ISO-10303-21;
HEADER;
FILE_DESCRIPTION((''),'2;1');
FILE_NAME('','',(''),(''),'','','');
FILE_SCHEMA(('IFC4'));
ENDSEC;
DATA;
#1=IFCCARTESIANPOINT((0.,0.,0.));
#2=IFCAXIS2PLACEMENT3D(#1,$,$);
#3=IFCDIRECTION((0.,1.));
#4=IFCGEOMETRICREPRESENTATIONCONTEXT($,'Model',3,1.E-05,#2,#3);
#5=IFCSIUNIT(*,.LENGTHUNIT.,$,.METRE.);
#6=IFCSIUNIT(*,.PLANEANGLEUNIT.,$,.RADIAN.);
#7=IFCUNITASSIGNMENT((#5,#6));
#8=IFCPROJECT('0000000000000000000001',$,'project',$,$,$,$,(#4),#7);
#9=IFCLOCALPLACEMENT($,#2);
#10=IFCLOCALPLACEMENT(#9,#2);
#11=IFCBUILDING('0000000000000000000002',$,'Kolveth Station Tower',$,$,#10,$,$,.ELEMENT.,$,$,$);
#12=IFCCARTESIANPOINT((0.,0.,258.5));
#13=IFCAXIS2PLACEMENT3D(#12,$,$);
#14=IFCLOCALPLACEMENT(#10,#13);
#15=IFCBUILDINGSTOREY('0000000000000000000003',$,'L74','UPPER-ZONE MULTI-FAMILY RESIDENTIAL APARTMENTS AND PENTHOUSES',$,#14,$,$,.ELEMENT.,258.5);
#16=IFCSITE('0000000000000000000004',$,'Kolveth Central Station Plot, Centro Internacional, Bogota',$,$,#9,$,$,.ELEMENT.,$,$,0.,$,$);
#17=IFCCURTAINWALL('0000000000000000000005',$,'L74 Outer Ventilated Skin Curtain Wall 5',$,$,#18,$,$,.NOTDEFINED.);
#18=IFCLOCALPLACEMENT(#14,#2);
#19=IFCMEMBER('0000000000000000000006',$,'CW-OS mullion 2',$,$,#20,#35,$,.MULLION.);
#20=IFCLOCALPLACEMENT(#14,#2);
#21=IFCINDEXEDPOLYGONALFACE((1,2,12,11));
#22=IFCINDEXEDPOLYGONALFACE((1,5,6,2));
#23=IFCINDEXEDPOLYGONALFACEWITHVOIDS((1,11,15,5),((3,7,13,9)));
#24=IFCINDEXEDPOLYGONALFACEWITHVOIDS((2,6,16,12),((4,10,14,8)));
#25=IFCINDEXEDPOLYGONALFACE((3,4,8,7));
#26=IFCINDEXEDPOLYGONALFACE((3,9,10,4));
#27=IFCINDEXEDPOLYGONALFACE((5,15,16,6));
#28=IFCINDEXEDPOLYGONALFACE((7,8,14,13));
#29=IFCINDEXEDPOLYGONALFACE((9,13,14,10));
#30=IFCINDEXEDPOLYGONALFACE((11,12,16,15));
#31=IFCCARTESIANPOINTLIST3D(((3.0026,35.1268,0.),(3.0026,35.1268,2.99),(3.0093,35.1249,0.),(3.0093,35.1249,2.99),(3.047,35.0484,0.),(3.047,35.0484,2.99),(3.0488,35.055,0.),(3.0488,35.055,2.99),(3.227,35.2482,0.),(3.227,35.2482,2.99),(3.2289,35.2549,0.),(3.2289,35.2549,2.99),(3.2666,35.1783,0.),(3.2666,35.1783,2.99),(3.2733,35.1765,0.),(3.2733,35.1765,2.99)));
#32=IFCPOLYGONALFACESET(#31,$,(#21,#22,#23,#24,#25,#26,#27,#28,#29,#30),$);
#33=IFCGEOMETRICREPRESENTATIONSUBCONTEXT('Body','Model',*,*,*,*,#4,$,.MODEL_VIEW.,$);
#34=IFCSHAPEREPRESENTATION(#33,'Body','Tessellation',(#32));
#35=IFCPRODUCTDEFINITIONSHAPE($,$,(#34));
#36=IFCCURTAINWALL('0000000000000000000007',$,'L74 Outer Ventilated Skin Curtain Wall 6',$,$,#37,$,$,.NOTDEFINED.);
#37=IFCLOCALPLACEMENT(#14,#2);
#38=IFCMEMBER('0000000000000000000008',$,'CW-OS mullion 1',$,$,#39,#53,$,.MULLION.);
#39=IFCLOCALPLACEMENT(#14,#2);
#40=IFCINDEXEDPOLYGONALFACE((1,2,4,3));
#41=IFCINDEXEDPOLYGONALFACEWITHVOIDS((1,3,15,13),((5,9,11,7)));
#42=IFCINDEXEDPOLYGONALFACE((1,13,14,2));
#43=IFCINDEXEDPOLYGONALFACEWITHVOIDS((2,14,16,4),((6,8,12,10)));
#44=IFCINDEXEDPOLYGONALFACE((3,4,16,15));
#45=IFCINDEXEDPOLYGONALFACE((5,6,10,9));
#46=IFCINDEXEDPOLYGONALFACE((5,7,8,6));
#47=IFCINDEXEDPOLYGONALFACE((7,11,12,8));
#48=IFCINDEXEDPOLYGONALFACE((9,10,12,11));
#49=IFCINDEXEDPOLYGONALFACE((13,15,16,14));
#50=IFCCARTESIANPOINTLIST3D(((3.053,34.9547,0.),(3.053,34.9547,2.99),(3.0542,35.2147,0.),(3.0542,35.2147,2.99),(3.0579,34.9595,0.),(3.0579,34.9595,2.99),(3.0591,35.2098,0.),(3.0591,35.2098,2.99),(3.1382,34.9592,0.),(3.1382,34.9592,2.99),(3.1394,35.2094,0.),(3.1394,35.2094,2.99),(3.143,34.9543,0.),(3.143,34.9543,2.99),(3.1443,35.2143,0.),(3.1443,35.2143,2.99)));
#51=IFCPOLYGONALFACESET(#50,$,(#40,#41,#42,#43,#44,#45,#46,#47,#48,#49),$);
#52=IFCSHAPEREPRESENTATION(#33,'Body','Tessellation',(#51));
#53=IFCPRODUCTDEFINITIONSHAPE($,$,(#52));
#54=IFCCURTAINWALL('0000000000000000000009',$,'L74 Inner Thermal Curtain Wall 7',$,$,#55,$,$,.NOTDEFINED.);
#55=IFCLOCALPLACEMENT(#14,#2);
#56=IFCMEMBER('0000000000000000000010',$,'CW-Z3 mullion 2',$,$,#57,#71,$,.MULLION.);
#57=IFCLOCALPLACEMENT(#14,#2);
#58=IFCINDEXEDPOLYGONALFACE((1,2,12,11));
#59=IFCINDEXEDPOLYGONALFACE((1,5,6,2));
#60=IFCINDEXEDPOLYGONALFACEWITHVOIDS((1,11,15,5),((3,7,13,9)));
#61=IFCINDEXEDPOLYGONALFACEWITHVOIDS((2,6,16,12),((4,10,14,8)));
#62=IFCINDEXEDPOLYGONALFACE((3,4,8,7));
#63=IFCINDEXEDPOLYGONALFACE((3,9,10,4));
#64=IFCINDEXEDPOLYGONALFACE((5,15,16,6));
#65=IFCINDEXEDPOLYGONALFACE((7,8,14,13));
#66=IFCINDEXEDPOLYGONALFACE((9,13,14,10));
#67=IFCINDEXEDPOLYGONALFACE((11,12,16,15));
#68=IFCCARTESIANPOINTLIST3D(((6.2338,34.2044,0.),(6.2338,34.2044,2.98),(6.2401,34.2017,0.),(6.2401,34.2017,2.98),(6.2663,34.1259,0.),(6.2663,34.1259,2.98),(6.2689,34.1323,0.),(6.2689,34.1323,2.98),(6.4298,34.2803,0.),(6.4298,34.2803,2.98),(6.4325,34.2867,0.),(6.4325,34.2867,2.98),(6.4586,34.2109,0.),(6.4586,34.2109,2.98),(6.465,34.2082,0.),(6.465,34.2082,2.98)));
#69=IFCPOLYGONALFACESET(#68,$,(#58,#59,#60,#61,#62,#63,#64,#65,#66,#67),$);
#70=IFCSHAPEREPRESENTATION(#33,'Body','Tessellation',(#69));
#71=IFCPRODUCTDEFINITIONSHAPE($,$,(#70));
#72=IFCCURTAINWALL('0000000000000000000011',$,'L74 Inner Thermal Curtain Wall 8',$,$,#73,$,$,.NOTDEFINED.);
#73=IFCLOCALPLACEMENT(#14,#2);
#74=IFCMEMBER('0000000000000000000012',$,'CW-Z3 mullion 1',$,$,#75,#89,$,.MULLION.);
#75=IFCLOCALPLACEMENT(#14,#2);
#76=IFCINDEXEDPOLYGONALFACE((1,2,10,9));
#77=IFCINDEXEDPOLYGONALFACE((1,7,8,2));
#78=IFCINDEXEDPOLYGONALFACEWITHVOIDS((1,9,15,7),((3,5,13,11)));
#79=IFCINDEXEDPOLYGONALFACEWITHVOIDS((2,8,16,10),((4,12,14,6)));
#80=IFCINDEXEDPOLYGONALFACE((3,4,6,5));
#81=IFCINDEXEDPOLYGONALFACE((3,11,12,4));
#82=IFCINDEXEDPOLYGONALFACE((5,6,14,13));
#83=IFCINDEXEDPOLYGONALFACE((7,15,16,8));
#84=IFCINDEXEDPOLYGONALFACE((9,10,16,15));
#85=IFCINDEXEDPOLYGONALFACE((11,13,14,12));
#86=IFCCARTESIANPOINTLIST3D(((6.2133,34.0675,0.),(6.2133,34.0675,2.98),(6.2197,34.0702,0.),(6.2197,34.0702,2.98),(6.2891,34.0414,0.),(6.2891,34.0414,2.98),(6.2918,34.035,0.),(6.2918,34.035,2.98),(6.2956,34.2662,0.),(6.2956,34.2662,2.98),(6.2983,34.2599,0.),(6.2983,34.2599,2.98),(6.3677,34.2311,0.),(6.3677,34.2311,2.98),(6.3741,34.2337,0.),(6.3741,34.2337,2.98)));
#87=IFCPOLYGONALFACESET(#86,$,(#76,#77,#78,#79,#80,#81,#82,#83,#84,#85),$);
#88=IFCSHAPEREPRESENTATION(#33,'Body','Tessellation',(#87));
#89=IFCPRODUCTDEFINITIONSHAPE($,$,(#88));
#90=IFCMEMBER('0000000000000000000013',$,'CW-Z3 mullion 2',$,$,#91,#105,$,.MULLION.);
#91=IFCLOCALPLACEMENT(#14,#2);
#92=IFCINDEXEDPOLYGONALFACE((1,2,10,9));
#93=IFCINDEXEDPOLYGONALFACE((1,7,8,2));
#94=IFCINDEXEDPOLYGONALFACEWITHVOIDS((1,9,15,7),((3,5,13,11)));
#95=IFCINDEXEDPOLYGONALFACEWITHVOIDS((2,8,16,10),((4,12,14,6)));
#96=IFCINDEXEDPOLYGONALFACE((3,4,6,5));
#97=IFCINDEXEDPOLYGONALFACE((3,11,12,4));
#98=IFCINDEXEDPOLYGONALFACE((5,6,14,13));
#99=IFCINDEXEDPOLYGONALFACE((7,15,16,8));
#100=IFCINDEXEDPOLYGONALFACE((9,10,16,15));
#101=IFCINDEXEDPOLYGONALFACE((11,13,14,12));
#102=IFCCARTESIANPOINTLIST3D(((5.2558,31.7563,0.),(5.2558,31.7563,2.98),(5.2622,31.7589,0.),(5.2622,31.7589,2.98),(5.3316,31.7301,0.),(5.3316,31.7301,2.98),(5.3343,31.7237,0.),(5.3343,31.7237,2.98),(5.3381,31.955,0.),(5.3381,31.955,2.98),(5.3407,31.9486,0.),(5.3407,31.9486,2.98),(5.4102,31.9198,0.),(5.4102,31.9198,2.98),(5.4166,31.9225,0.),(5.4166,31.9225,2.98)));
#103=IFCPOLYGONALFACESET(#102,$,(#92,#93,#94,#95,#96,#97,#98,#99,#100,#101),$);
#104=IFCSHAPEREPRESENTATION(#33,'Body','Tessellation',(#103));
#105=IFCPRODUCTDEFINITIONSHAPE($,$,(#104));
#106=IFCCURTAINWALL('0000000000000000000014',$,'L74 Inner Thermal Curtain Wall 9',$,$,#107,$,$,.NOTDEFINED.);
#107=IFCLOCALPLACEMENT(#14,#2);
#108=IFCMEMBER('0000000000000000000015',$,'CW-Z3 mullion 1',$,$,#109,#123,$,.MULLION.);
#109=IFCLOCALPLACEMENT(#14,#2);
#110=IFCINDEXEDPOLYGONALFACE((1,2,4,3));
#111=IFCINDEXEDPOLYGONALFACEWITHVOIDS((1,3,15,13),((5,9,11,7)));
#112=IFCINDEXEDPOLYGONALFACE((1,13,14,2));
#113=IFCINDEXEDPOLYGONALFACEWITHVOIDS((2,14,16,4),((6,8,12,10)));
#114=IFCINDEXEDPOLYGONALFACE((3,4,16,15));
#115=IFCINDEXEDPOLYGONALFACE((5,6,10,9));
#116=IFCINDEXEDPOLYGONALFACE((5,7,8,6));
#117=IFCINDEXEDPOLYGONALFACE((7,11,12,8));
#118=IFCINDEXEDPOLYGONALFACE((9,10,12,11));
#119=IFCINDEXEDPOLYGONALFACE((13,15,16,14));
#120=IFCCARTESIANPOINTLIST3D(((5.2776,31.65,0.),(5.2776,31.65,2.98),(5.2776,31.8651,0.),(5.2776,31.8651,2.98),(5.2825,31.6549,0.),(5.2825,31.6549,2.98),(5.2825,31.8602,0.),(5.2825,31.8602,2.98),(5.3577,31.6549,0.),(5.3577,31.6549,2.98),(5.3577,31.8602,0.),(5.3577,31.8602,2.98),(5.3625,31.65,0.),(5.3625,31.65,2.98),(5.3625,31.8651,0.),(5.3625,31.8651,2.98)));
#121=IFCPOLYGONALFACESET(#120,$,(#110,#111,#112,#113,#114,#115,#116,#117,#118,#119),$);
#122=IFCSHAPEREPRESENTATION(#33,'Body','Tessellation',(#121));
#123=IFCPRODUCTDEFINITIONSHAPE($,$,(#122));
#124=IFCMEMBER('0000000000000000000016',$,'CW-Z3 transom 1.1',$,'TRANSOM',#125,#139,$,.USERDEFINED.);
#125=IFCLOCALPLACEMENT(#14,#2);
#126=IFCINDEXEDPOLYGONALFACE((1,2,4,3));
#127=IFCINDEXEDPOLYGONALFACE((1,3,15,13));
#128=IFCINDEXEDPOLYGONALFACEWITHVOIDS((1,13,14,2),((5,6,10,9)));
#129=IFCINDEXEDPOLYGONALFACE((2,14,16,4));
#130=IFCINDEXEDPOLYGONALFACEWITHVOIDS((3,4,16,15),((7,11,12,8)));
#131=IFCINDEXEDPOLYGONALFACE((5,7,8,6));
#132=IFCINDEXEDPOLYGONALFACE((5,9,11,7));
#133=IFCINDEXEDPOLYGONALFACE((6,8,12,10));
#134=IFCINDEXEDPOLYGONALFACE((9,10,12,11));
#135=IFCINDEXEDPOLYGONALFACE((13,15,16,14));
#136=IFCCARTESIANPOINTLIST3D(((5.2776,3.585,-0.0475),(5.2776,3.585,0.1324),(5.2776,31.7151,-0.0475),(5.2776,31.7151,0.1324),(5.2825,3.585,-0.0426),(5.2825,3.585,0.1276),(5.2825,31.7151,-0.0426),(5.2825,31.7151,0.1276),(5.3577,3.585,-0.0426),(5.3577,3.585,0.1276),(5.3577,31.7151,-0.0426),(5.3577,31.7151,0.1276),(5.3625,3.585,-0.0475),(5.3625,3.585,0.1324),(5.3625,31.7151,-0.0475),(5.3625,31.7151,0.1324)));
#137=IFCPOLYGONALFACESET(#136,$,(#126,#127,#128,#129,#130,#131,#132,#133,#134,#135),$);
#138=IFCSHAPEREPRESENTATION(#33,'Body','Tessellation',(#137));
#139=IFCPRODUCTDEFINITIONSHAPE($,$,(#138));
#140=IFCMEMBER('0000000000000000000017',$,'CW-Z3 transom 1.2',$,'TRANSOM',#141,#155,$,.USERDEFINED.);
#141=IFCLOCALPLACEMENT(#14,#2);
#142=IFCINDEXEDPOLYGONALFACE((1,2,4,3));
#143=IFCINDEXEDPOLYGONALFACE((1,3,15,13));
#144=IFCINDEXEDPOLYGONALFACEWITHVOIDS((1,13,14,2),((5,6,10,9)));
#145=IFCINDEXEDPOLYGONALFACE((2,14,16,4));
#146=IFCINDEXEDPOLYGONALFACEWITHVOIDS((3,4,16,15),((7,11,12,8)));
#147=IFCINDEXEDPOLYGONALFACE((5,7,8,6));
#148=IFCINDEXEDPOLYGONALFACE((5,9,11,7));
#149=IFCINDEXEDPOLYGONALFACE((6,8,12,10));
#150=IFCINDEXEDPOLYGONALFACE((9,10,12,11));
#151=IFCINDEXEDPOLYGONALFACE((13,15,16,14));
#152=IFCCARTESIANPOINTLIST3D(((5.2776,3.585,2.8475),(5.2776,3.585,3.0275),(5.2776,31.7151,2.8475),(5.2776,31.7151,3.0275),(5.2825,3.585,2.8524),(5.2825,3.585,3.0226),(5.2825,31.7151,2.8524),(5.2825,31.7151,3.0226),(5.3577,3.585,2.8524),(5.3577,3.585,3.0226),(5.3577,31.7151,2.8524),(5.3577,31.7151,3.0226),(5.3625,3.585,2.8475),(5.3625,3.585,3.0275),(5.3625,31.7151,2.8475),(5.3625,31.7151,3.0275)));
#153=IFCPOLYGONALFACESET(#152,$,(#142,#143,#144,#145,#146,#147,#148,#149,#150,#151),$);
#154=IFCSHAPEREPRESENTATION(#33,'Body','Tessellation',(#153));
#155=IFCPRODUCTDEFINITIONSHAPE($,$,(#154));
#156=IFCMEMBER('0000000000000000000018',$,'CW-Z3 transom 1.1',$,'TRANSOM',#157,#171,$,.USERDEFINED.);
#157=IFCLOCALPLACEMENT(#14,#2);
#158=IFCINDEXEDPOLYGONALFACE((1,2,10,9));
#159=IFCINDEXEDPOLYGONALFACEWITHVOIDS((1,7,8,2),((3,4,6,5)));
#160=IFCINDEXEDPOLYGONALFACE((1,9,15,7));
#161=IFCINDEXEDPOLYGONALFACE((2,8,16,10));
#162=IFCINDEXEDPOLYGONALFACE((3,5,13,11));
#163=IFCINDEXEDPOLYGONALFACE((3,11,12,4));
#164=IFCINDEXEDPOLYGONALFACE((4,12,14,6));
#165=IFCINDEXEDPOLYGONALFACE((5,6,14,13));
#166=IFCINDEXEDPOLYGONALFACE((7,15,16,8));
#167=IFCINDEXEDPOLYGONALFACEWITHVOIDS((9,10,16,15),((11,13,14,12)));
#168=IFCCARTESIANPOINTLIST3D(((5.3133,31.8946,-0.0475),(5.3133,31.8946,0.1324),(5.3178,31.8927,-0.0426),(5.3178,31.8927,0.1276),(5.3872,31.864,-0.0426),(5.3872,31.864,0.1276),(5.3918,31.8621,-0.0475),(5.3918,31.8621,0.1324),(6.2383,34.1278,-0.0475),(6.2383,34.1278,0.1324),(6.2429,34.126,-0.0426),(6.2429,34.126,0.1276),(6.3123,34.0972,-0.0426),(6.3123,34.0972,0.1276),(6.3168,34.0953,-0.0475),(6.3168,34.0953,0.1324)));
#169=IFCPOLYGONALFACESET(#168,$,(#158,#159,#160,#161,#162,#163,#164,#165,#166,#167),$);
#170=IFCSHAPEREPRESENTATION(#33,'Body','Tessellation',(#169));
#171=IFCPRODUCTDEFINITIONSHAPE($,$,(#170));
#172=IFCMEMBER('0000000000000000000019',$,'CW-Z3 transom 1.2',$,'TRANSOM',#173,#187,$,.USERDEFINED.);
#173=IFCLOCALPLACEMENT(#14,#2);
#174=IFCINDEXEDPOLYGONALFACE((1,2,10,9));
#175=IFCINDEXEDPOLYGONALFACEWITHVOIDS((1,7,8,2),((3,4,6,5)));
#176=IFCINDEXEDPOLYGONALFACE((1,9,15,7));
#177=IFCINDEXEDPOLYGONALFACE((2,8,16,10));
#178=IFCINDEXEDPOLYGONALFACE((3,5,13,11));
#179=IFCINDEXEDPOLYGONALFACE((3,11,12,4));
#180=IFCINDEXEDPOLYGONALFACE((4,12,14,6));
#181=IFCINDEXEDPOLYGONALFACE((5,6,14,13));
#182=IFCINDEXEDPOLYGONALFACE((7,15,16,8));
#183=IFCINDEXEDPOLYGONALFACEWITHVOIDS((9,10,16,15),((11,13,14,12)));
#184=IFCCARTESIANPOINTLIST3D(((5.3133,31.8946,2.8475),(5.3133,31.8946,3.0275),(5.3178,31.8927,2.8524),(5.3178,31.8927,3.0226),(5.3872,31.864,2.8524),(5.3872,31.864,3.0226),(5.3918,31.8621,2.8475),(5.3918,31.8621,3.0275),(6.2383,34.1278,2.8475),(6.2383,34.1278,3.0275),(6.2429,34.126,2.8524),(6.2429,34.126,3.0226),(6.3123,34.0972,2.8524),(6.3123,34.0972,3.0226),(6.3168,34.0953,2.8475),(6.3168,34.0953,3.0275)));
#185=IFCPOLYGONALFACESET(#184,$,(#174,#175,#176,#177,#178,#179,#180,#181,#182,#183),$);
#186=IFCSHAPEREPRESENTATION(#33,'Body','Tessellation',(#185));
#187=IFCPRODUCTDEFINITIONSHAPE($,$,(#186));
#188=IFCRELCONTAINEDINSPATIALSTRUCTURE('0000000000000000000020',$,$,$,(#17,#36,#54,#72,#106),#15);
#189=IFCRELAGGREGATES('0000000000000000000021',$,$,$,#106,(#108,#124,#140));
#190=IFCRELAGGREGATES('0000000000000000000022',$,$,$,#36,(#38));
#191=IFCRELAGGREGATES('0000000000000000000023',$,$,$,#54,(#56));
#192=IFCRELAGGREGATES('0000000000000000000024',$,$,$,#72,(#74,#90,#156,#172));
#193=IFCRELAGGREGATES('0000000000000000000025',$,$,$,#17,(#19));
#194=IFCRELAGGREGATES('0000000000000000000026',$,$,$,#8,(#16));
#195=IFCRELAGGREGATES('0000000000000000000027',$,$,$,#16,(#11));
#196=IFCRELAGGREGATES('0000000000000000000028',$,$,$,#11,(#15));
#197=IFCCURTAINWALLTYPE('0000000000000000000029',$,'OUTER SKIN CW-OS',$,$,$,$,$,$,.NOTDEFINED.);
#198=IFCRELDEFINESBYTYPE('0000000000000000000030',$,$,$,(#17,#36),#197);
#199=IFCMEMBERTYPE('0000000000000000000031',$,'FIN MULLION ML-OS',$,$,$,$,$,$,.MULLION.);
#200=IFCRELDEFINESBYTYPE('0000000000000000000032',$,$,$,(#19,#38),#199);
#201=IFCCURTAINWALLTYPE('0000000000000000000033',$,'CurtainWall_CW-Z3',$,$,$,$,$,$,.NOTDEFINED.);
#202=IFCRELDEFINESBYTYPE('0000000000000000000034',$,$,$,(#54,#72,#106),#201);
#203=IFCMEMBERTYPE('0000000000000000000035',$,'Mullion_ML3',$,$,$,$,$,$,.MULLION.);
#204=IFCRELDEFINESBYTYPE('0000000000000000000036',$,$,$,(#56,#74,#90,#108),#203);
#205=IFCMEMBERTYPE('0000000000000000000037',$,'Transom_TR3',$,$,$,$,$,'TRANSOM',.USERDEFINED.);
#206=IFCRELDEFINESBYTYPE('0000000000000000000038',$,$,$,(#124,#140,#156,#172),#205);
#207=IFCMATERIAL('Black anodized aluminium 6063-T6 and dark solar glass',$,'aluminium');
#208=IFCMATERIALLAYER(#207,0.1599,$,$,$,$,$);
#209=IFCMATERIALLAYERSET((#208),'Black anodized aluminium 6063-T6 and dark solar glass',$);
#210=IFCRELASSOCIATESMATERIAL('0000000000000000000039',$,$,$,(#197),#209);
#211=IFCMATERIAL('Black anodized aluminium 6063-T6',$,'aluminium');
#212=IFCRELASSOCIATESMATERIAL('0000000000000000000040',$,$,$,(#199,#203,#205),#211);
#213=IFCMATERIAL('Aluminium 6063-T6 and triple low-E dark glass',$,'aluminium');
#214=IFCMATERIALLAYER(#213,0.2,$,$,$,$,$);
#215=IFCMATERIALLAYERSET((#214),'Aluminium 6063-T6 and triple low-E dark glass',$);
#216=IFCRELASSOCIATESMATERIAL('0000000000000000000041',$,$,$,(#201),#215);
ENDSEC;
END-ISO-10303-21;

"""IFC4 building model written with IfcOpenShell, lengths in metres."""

from ifc_helpers import new_model, si_unit, direction, frame, origin, origin_2d, place, context, subcontext, project, spatial, hollow_rectangle, extrude, source, transform, mapped, material, layer, layer_set, material_profile, profile_set, type_object, element, aggregate, save


model = new_model("IFC4")

# Units and contexts
model_context = context("Model", 3, precision=1e-05, world=origin(), true_north=direction((0.0, 1.0)))
body_context = subcontext(model_context, "Body", "Model", "MODEL_VIEW")
ifc_project = project(units=[si_unit("LENGTHUNIT", "METRE"), si_unit("PLANEANGLEUNIT", "RADIAN")], contexts=[model_context])

# Site, building, storey
site_placement = place(None, origin())
site = spatial("IfcSite", under=ifc_project, at=site_placement, Name="Kolveth Central Station Plot, Centro Internacional, Bogota", CompositionType="ELEMENT", RefElevation=0.0)
building_placement = place(site_placement, origin())
building = spatial("IfcBuilding", under=site, at=building_placement, Name="Kolveth Station Tower", CompositionType="ELEMENT")
storey_placement = place(building_placement, frame((0.0, 0.0, 258.5)))
storey = spatial("IfcBuildingStorey", under=building, at=storey_placement, Name="L74", Description="UPPER-ZONE MULTI-FAMILY RESIDENTIAL APARTMENTS AND PENTHOUSES", CompositionType="ELEMENT", Elevation=258.5)

# Curtain walls, members
ifc_material_1 = material(Name="Black anodized aluminium 6063-T6 and dark solar glass", Category="aluminium")
ifc_layer_1 = layer(ifc_material_1, 0.1599)
ifc_layer_set_1 = layer_set([ifc_layer_1], Name="Black anodized aluminium 6063-T6 and dark solar glass")
curtain_wall_type_1 = type_object("IfcCurtainWallType", Name="OUTER SKIN CW-OS", PredefinedType="NOTDEFINED", material=ifc_layer_set_1)
curtain_wall_1_placement = place(storey_placement, origin())
curtain_wall_1 = element("IfcCurtainWall", 1, at=curtain_wall_1_placement, inside=storey, type_object=curtain_wall_type_1, Name="L74 Outer Ventilated Skin Curtain Wall 5", PredefinedType="NOTDEFINED")
ifc_material_2 = material(Name="Black anodized aluminium 6063-T6", Category="aluminium")
ifc_material_profile_1 = material_profile(ifc_material_2, hollow_rectangle(XDim=0.0901, YDim=0.26, WallThickness=0.0049, at=origin_2d()), Name="ALU-90x260x5")
ifc_profile_set_1 = profile_set([ifc_material_profile_1], Name="Black anodized aluminium 6063-T6")
member_type_1 = type_object("IfcMemberType", Name="FIN MULLION ML-OS", PredefinedType="MULLION", material=ifc_profile_set_1)
shared_shape_1 = source(origin(), body_context, "Body", "SweptSolid", [
    extrude(hollow_rectangle(XDim=0.0901, YDim=0.26, WallThickness=0.0049, at=origin_2d()), origin(), (0.0, 0.0, 1.0), 2.99),
])
member_1_placement = place(storey_placement, frame((3.1379, 35.1516, 0.0), z_axis=(0.0, 0.0, 1.0), x_axis=(0.492593, -0.87026, 0.0)))
member_1 = element("IfcMember", 2, at=member_1_placement, type_object=member_type_1, Name="CW-OS mullion 2", PredefinedType="MULLION", context=body_context, shape_type="MappedRepresentation", body=[
    mapped(shared_shape_1, transform((0.0, 0.0, 0.0), x_axis=(1.0, 0.0, 0.0), y_axis=(0.0, 1.0, 0.0), z_axis=(0.0, 0.0, 1.0), scale=1.0)),
])
curtain_wall_2_placement = place(storey_placement, origin())
curtain_wall_2 = element("IfcCurtainWall", 3, at=curtain_wall_2_placement, inside=storey, type_object=curtain_wall_type_1, Name="L74 Outer Ventilated Skin Curtain Wall 6", PredefinedType="NOTDEFINED")
member_2_placement = place(storey_placement, frame((3.0986, 35.0845, 0.0), z_axis=(0.0, 0.0, 1.0), x_axis=(0.999988, -0.004835, 0.0)))
member_2 = element("IfcMember", 4, at=member_2_placement, type_object=member_type_1, Name="CW-OS mullion 1", PredefinedType="MULLION", context=body_context, shape_type="MappedRepresentation", body=[
    mapped(shared_shape_1, transform((0.0, 0.0, 0.0), x_axis=(1.0, 0.0, 0.0), y_axis=(0.0, 1.0, 0.0), z_axis=(0.0, 0.0, 1.0), scale=1.0)),
])
ifc_material_3 = material(Name="Aluminium 6063-T6 and triple low-E dark glass", Category="aluminium")
ifc_layer_2 = layer(ifc_material_3, 0.2)
ifc_layer_set_2 = layer_set([ifc_layer_2], Name="Aluminium 6063-T6 and triple low-E dark glass")
curtain_wall_type_2 = type_object("IfcCurtainWallType", Name="CurtainWall_CW-Z3", PredefinedType="NOTDEFINED", material=ifc_layer_set_2)
curtain_wall_3_placement = place(storey_placement, origin())
curtain_wall_3 = element("IfcCurtainWall", 5, at=curtain_wall_3_placement, inside=storey, type_object=curtain_wall_type_2, Name="L74 Inner Thermal Curtain Wall 7", PredefinedType="NOTDEFINED")
ifc_material_profile_2 = material_profile(ifc_material_2, hollow_rectangle(XDim=0.085, YDim=0.2151, WallThickness=0.0049, at=origin_2d()), Name="ALU-85x215x5")
ifc_profile_set_2 = profile_set([ifc_material_profile_2], Name="Black anodized aluminium 6063-T6")
member_type_2 = type_object("IfcMemberType", Name="Mullion_ML3", PredefinedType="MULLION", material=ifc_profile_set_2)
shared_shape_2 = source(origin(), body_context, "Body", "SweptSolid", [
    extrude(hollow_rectangle(XDim=0.085, YDim=0.2151, WallThickness=0.0049, at=origin_2d()), origin(), (0.0, 0.0, 1.0), 2.98),
])
member_3_placement = place(storey_placement, frame((6.3494, 34.2063, 0.0), z_axis=(0.0, 0.0, 1.0), x_axis=(0.382693, -0.923875, 0.0)))
member_3 = element("IfcMember", 6, at=member_3_placement, type_object=member_type_2, Name="CW-Z3 mullion 2", PredefinedType="MULLION", context=body_context, shape_type="MappedRepresentation", body=[
    mapped(shared_shape_2, transform((0.0, 0.0, 0.0), x_axis=(1.0, 0.0, 0.0), y_axis=(0.0, 1.0, 0.0), z_axis=(0.0, 0.0, 1.0), scale=1.0)),
])

# Curtain walls, members
curtain_wall_4_placement = place(storey_placement, origin())
curtain_wall_4 = element("IfcCurtainWall", 7, at=curtain_wall_4_placement, inside=storey, type_object=curtain_wall_type_2, Name="L74 Inner Thermal Curtain Wall 8", PredefinedType="NOTDEFINED")
member_4_placement = place(storey_placement, frame((6.2937, 34.1506, 0.0), z_axis=(0.0, 0.0, 1.0), x_axis=(0.923875, -0.382693, 0.0)))
member_4 = element("IfcMember", 8, at=member_4_placement, type_object=member_type_2, Name="CW-Z3 mullion 1", PredefinedType="MULLION", context=body_context, shape_type="MappedRepresentation", body=[
    mapped(shared_shape_2, transform((0.0, 0.0, 0.0), x_axis=(1.0, 0.0, 0.0), y_axis=(0.0, 1.0, 0.0), z_axis=(0.0, 0.0, 1.0), scale=1.0)),
])
member_5_placement = place(storey_placement, frame((5.3362, 31.8394, 0.0), z_axis=(0.0, 0.0, 1.0), x_axis=(0.923875, -0.382693, 0.0)))
member_5 = element("IfcMember", 9, at=member_5_placement, type_object=member_type_2, Name="CW-Z3 mullion 2", PredefinedType="MULLION", context=body_context, shape_type="MappedRepresentation", body=[
    mapped(shared_shape_2, transform((0.0, 0.0, 0.0), x_axis=(1.0, 0.0, 0.0), y_axis=(0.0, 1.0, 0.0), z_axis=(0.0, 0.0, 1.0), scale=1.0)),
])
curtain_wall_5_placement = place(storey_placement, origin())
curtain_wall_5 = element("IfcCurtainWall", 10, at=curtain_wall_5_placement, inside=storey, type_object=curtain_wall_type_2, Name="L74 Inner Thermal Curtain Wall 9", PredefinedType="NOTDEFINED")
member_6_placement = place(storey_placement, frame((5.3201, 31.7576, 0.0), z_axis=(0.0, 0.0, 1.0), x_axis=(1.0, 0.0, 0.0)))
member_6 = element("IfcMember", 11, at=member_6_placement, type_object=member_type_2, Name="CW-Z3 mullion 1", PredefinedType="MULLION", context=body_context, shape_type="MappedRepresentation", body=[
    mapped(shared_shape_2, transform((0.0, 0.0, 0.0), x_axis=(1.0, 0.0, 0.0), y_axis=(0.0, 1.0, 0.0), z_axis=(0.0, 0.0, 1.0), scale=1.0)),
])
ifc_material_profile_3 = material_profile(ifc_material_2, hollow_rectangle(XDim=0.085, YDim=0.1799, WallThickness=0.0049, at=origin_2d()), Name="ALU-85x180x5")
ifc_profile_set_3 = profile_set([ifc_material_profile_3], Name="Black anodized aluminium 6063-T6")
member_type_3 = type_object("IfcMemberType", Name="Transom_TR3", ElementType="TRANSOM", PredefinedType="USERDEFINED", material=ifc_profile_set_3)
shared_shape_3 = source(origin(), body_context, "Body", "SweptSolid", [
    extrude(hollow_rectangle(XDim=0.085, YDim=0.1799, WallThickness=0.0049, at=origin_2d()), origin(), (0.0, 0.0, 1.0), 28.1301),
])
member_7_placement = place(storey_placement, frame((5.3201, 31.7151, 0.0425), z_axis=(0.0, -1.0, 0.0), x_axis=(1.0, 0.0, 0.0)))
member_7 = element("IfcMember", 12, at=member_7_placement, type_object=member_type_3, Name="CW-Z3 transom 1.1", ObjectType="TRANSOM", PredefinedType="USERDEFINED", context=body_context, shape_type="MappedRepresentation", body=[
    mapped(shared_shape_3, transform((0.0, 0.0, 0.0), x_axis=(1.0, 0.0, 0.0), y_axis=(0.0, 1.0, 0.0), z_axis=(0.0, 0.0, 1.0), scale=1.0)),
])
member_8_placement = place(storey_placement, frame((5.3201, 31.7151, 2.9375), z_axis=(0.0, -1.0, 0.0), x_axis=(1.0, 0.0, 0.0)))
member_8 = element("IfcMember", 13, at=member_8_placement, type_object=member_type_3, Name="CW-Z3 transom 1.2", ObjectType="TRANSOM", PredefinedType="USERDEFINED", context=body_context, shape_type="MappedRepresentation", body=[
    mapped(shared_shape_3, transform((0.0, 0.0, 0.0), x_axis=(1.0, 0.0, 0.0), y_axis=(0.0, 1.0, 0.0), z_axis=(0.0, 0.0, 1.0), scale=1.0)),
])
aggregate(curtain_wall_5, [member_6, member_7, member_8])

# Members
shared_shape_4 = source(origin(), body_context, "Body", "SweptSolid", [
    extrude(hollow_rectangle(XDim=0.085, YDim=0.1799, WallThickness=0.0049, at=origin_2d()), origin(), (0.0, 0.0, 1.0), 2.4172),
])
member_9_placement = place(storey_placement, frame((6.2776, 34.1116, 0.0425), z_axis=(-0.3827, -0.923873, 0.0), x_axis=(0.923873, -0.3827, 0.0)))
member_9 = element("IfcMember", 14, at=member_9_placement, type_object=member_type_3, Name="CW-Z3 transom 1.1", ObjectType="TRANSOM", PredefinedType="USERDEFINED", context=body_context, shape_type="MappedRepresentation", body=[
    mapped(shared_shape_4, transform((0.0, 0.0, 0.0), x_axis=(1.0, 0.0, 0.0), y_axis=(0.0, 1.0, 0.0), z_axis=(0.0, 0.0, 1.0), scale=1.0)),
])
member_10_placement = place(storey_placement, frame((6.2776, 34.1116, 2.9375), z_axis=(-0.3827, -0.923873, 0.0), x_axis=(0.923873, -0.3827, 0.0)))
member_10 = element("IfcMember", 15, at=member_10_placement, type_object=member_type_3, Name="CW-Z3 transom 1.2", ObjectType="TRANSOM", PredefinedType="USERDEFINED", context=body_context, shape_type="MappedRepresentation", body=[
    mapped(shared_shape_4, transform((0.0, 0.0, 0.0), x_axis=(1.0, 0.0, 0.0), y_axis=(0.0, 1.0, 0.0), z_axis=(0.0, 0.0, 1.0), scale=1.0)),
])
aggregate(curtain_wall_2, [member_2])

aggregate(curtain_wall_3, [member_3])
aggregate(curtain_wall_4, [member_4, member_5, member_9, member_10])
aggregate(curtain_wall_1, [member_1])

save(model, "model.ifc")
